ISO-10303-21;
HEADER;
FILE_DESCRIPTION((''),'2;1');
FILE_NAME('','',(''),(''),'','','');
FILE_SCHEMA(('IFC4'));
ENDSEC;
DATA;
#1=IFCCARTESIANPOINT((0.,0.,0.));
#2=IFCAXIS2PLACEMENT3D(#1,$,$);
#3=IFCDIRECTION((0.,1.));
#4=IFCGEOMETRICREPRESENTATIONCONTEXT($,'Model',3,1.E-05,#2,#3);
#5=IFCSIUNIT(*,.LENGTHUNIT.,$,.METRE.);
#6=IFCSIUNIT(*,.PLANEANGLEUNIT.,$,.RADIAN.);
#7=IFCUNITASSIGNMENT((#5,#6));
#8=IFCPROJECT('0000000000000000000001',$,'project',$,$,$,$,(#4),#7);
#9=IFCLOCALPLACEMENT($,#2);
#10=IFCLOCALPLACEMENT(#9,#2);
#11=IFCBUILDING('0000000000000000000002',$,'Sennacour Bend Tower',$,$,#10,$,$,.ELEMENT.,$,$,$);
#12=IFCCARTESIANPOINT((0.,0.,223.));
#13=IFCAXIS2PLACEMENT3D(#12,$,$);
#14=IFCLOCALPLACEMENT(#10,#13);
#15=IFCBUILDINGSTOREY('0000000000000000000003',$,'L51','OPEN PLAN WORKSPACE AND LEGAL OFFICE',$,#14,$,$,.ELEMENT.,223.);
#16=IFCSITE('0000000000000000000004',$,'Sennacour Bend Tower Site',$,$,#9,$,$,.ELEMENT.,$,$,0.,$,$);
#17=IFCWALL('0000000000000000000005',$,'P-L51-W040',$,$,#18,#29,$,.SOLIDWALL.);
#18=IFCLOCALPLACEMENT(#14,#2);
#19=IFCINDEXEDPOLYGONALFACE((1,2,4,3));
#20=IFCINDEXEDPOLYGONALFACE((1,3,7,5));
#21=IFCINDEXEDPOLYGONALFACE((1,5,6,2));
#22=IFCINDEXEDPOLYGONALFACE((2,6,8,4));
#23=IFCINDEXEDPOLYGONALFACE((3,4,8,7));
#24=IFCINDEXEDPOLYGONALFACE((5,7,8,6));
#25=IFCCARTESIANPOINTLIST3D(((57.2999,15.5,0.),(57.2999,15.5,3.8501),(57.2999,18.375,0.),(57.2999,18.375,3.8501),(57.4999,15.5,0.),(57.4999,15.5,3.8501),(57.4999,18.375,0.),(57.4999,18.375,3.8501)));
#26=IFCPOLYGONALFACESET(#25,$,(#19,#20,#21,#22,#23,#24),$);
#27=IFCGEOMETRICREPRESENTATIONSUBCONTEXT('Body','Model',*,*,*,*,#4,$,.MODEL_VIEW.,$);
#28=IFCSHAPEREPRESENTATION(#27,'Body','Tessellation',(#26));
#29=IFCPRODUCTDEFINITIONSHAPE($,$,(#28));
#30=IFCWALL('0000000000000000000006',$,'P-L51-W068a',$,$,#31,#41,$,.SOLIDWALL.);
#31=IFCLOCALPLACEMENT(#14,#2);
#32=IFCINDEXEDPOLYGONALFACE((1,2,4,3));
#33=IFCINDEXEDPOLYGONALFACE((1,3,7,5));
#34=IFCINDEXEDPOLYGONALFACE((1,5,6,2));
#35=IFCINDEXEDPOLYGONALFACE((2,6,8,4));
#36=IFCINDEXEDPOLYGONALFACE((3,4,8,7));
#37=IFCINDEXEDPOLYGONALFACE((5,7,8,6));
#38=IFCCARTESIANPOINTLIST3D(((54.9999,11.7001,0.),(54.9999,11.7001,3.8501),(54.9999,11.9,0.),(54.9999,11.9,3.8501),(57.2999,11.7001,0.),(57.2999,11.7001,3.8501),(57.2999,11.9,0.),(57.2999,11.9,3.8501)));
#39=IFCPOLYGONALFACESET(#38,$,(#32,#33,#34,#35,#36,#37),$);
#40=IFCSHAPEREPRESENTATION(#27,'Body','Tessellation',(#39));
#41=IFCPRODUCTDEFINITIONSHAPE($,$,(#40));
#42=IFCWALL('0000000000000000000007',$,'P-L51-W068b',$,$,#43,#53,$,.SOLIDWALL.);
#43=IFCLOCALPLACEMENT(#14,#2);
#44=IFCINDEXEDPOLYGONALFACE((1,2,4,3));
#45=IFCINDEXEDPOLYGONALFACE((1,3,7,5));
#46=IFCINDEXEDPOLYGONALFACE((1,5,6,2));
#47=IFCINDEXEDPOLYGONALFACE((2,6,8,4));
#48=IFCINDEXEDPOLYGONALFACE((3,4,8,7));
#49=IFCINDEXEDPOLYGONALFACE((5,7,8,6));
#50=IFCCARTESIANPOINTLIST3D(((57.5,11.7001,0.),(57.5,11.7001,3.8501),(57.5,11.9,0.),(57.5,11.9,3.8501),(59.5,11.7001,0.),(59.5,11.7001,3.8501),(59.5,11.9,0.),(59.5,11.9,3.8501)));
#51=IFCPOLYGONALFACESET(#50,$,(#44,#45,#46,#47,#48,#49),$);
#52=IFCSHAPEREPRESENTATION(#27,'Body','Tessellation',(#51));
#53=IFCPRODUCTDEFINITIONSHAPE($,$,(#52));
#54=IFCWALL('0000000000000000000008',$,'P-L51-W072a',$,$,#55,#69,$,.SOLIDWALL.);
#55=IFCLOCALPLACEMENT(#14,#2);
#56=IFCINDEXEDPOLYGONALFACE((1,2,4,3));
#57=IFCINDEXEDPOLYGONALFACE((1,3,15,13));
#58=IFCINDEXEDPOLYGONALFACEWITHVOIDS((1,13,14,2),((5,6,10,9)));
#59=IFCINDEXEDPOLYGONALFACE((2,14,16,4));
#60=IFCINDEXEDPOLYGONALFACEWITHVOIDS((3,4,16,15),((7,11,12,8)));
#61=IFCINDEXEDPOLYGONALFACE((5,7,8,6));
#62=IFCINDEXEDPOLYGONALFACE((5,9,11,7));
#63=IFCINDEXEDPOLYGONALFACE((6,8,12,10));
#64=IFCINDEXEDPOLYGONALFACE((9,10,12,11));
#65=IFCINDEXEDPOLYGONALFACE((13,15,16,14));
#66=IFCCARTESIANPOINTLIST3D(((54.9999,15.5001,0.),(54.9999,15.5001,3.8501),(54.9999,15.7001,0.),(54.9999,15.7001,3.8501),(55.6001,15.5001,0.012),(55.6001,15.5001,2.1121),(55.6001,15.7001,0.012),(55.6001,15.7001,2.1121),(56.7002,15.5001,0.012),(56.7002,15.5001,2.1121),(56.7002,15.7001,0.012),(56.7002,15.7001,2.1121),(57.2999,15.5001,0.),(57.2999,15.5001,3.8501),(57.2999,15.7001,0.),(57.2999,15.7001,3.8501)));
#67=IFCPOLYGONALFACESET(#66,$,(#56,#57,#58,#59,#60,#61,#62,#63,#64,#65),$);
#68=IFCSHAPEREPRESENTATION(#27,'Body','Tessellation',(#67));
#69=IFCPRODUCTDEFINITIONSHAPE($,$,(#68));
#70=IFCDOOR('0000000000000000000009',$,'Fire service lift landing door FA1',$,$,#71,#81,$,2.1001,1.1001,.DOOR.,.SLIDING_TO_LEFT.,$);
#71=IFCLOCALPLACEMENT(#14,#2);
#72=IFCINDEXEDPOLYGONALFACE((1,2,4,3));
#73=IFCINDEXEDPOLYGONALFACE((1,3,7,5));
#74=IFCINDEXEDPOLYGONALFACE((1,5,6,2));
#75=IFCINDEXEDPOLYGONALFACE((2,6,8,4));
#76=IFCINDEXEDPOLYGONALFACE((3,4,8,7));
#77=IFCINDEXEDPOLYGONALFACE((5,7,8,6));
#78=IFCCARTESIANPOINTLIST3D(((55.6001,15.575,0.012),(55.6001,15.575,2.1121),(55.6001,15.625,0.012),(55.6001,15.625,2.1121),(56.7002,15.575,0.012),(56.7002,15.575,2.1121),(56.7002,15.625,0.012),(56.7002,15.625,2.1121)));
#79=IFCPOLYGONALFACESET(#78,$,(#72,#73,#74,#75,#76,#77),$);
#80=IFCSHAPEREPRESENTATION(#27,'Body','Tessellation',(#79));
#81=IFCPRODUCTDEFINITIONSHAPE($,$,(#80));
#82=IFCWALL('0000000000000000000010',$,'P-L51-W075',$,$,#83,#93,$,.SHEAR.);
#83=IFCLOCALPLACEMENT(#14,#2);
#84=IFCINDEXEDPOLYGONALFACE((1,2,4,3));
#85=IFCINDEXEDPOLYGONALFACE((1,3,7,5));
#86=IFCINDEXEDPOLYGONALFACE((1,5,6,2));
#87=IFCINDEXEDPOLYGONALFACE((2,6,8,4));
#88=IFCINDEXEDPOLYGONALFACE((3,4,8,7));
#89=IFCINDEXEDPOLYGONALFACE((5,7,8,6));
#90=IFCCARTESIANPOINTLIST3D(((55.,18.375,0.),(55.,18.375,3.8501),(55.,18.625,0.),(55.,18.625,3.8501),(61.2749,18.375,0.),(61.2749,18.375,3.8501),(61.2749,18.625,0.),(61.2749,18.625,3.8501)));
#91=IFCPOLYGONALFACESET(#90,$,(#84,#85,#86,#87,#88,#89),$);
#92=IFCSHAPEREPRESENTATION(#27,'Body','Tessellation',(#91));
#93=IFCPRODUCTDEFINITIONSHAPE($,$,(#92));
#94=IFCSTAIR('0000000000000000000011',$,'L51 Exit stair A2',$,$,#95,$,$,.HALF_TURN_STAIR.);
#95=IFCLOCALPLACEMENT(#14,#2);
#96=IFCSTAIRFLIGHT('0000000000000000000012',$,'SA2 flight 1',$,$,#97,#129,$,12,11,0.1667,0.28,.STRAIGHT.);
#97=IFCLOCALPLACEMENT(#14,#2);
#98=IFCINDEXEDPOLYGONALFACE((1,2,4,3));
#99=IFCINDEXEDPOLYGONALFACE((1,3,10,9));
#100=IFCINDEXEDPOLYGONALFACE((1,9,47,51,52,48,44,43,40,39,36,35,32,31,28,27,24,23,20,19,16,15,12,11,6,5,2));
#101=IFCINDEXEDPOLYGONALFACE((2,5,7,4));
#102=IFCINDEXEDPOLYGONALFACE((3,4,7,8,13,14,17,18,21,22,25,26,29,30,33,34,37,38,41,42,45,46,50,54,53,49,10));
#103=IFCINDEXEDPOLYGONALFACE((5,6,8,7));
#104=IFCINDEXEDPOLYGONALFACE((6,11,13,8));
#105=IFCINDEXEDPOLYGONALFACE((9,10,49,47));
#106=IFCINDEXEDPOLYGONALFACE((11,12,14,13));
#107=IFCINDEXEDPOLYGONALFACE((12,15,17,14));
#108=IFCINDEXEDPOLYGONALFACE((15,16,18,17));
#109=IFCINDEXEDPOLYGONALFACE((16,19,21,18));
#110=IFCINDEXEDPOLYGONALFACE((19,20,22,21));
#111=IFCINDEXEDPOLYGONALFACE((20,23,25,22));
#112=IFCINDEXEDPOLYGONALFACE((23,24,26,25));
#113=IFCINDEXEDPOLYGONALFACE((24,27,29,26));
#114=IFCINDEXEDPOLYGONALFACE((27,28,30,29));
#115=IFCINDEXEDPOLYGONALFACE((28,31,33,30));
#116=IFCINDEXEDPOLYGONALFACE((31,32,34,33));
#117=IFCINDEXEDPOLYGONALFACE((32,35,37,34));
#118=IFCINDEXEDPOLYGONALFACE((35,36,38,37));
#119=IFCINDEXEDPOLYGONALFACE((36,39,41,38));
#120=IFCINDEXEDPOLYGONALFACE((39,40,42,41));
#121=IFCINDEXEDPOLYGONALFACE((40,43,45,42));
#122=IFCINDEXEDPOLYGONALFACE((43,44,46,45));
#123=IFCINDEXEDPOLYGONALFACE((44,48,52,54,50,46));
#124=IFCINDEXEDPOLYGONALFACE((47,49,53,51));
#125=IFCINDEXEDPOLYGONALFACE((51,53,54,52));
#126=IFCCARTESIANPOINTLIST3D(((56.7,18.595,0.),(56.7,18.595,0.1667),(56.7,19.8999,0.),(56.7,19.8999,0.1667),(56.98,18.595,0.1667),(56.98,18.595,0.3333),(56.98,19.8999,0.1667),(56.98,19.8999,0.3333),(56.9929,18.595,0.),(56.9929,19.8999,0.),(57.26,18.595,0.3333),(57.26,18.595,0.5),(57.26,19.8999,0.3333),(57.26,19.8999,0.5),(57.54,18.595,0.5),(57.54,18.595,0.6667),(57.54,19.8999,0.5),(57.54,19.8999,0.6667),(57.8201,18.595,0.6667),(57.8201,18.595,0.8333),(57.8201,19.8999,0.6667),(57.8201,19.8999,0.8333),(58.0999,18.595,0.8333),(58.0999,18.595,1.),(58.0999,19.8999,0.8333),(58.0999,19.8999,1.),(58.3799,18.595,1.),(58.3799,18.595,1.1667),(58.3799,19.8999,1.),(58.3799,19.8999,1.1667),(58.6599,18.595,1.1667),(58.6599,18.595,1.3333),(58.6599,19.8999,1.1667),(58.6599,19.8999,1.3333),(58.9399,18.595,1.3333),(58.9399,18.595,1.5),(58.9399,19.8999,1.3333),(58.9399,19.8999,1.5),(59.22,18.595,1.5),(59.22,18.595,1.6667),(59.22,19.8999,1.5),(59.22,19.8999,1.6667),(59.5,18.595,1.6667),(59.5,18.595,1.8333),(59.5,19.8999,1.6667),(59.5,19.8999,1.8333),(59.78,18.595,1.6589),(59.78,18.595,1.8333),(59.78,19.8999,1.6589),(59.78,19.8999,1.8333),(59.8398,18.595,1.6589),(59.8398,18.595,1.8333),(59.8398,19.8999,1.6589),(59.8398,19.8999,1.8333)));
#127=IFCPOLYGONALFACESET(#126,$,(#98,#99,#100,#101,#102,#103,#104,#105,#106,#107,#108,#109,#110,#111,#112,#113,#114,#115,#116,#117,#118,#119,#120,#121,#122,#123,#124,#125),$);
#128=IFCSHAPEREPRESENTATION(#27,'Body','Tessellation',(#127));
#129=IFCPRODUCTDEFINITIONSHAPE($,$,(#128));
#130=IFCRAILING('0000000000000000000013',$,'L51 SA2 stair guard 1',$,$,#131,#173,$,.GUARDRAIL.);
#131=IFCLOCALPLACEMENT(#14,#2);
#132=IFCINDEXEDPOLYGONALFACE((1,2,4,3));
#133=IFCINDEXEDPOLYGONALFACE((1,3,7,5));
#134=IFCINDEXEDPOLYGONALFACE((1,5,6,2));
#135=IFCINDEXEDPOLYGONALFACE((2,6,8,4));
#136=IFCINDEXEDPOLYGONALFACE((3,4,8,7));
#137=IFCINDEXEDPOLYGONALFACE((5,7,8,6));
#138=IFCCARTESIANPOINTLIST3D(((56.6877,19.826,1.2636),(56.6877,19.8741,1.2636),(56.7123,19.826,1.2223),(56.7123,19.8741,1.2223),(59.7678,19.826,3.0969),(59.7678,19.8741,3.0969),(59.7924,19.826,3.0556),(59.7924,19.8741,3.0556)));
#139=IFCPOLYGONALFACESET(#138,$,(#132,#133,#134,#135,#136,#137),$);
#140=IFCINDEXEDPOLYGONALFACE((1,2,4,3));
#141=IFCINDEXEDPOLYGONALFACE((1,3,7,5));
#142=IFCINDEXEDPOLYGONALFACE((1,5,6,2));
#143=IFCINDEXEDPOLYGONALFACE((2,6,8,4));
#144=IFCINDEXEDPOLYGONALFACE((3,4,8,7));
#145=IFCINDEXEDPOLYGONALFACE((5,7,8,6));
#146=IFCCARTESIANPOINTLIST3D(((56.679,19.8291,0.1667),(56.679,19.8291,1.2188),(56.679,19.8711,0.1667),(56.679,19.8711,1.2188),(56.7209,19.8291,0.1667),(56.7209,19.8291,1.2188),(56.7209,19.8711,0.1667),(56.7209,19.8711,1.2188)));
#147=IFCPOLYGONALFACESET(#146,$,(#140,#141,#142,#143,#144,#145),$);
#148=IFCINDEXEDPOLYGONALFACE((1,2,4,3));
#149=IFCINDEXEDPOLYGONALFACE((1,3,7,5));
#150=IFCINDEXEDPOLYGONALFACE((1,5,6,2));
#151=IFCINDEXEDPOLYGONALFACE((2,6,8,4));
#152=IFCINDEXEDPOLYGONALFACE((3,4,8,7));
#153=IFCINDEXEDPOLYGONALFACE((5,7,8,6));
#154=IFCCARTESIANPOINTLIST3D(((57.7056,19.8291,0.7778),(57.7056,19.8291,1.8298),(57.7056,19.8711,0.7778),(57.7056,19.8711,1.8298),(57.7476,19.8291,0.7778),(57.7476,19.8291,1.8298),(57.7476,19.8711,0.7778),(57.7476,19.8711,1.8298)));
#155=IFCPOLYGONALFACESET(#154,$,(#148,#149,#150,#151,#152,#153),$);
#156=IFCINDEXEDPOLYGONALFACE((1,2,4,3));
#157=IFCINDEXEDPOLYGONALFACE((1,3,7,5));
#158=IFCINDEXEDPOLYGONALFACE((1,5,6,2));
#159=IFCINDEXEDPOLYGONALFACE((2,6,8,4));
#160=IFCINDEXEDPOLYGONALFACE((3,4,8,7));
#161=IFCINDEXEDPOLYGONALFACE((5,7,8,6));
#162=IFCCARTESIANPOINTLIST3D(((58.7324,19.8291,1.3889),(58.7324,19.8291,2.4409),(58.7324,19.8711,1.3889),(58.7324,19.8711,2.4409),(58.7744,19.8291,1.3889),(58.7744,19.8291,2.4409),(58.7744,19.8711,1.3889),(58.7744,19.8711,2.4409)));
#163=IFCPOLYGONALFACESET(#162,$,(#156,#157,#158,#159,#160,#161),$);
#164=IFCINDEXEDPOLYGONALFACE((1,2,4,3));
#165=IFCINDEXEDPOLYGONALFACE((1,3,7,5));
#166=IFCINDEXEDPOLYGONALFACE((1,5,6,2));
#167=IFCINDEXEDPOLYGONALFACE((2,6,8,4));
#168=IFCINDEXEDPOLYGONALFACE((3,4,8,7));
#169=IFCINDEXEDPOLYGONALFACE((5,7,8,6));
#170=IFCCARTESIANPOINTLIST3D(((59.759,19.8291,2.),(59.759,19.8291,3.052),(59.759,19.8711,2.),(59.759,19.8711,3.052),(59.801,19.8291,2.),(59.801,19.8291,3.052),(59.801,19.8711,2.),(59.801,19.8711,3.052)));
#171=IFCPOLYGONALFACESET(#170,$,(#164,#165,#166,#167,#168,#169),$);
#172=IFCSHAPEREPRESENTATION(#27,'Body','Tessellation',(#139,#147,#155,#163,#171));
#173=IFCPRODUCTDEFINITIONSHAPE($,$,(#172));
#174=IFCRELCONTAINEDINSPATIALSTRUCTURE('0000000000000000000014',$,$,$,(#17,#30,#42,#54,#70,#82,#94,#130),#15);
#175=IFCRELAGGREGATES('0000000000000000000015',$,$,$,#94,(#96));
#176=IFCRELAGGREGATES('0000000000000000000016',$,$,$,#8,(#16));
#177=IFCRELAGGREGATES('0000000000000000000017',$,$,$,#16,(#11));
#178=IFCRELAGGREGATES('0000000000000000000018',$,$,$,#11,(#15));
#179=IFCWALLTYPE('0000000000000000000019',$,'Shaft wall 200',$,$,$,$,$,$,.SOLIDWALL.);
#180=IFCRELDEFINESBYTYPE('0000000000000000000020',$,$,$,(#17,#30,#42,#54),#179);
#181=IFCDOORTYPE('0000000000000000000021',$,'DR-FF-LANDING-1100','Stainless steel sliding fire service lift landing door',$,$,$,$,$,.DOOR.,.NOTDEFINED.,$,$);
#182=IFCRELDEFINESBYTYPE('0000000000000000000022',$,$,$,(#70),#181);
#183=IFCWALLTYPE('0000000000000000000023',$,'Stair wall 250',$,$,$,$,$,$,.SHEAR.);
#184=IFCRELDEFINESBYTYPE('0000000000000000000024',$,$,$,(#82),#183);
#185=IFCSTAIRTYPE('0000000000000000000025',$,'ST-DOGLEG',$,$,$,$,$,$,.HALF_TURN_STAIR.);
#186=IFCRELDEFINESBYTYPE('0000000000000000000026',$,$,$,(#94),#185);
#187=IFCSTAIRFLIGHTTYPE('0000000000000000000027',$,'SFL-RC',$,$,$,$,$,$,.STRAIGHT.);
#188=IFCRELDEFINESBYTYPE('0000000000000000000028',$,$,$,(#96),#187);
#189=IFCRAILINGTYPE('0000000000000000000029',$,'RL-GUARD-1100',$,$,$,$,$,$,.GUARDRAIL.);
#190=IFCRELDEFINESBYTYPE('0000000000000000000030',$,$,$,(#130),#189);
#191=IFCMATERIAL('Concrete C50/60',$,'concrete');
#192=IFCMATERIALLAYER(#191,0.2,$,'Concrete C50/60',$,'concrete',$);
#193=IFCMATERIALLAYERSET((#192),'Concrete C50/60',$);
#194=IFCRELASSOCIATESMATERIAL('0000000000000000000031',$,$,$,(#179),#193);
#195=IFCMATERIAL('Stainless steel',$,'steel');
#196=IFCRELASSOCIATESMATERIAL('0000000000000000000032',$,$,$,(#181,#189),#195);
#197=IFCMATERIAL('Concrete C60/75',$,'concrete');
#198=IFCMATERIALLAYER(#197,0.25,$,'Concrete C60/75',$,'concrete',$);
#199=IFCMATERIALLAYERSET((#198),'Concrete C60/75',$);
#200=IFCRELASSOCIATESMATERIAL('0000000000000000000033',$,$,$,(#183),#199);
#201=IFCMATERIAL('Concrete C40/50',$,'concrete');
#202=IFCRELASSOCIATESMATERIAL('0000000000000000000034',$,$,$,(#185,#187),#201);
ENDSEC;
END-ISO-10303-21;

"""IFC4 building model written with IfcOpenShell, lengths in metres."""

from ifc_helpers import new_model, si_unit, direction, frame, frame_2d, origin, origin_2d, place, context, subcontext, project, spatial, polyline, rectangle, outline, extrude, material, layer, layer_set, type_object, element, fill, aggregate, save


model = new_model("IFC4")

# Units and contexts
model_context = context("Model", 3, precision=1e-05, world=origin(), true_north=direction((0.0, 1.0)))
body_context = subcontext(model_context, "Body", "Model", "MODEL_VIEW")
ifc_project = project(units=[si_unit("LENGTHUNIT", "METRE"), si_unit("PLANEANGLEUNIT", "RADIAN")], contexts=[model_context])

# Site, building, storey
site_placement = place(None, origin())
site = spatial("IfcSite", under=ifc_project, at=site_placement, Name="Sennacour Bend Tower Site", CompositionType="ELEMENT", RefElevation=0.0)
building_placement = place(site_placement, origin())
building = spatial("IfcBuilding", under=site, at=building_placement, Name="Sennacour Bend Tower", CompositionType="ELEMENT")
storey_placement = place(building_placement, frame((0.0, 0.0, 223.0)))
storey = spatial("IfcBuildingStorey", under=building, at=storey_placement, Name="L51", Description="OPEN PLAN WORKSPACE AND LEGAL OFFICE", CompositionType="ELEMENT", Elevation=223.0)

# Shared definitions
ifc_material_1 = material(Name="Concrete C60/75", Category="concrete")

# Walls
ifc_material_2 = material(Name="Concrete C50/60", Category="concrete")
ifc_layer_1 = layer(ifc_material_2, 0.2, Name="Concrete C50/60", Category="concrete")
ifc_layer_set_1 = layer_set([ifc_layer_1], Name="Concrete C50/60")
wall_type_1 = type_object("IfcWallType", Name="Shaft wall 200", PredefinedType="SOLIDWALL", material=ifc_layer_set_1)
wall_1_placement = place(storey_placement, frame((57.3999, 15.5, 0.0), z_axis=(0.0, 0.0, 1.0), x_axis=(0.0, 1.0, 0.0)))
element("IfcWall", 1, at=wall_1_placement, inside=storey, type_object=wall_type_1, Name="P-L51-W040", PredefinedType="SOLIDWALL", context=body_context, shape_type="SweptSolid", body=[
    extrude(rectangle(XDim=2.875, YDim=0.2, at=frame_2d((1.4375, 0.0))), origin(), (0.0, 0.0, 1.0), 3.8501),
])
wall_2_placement = place(storey_placement, frame((55.0, 11.8, 0.0), z_axis=(0.0, 0.0, 1.0), x_axis=(1.0, 0.0, 0.0)))
element("IfcWall", 2, at=wall_2_placement, inside=storey, type_object=wall_type_1, Name="P-L51-W068a", PredefinedType="SOLIDWALL", context=body_context, shape_type="SweptSolid", body=[
    extrude(rectangle(XDim=2.3, YDim=0.2, at=frame_2d((1.1499, 0.0))), origin(), (0.0, 0.0, 1.0), 3.8501),
])
wall_3_placement = place(storey_placement, frame((57.5, 11.8, 0.0), z_axis=(0.0, 0.0, 1.0), x_axis=(1.0, 0.0, 0.0)))
element("IfcWall", 3, at=wall_3_placement, inside=storey, type_object=wall_type_1, Name="P-L51-W068b", PredefinedType="SOLIDWALL", context=body_context, shape_type="SweptSolid", body=[
    extrude(rectangle(XDim=2.0, YDim=0.2, at=frame_2d((1.0, 0.0))), origin(), (0.0, 0.0, 1.0), 3.8501),
])

# Wall, opening, door
wall_4_placement = place(storey_placement, frame((55.0, 15.6001, 0.0), z_axis=(0.0, 0.0, 1.0), x_axis=(1.0, 0.0, 0.0)))
wall_4 = element("IfcWall", 4, at=wall_4_placement, inside=storey, type_object=wall_type_1, Name="P-L51-W072a", PredefinedType="SOLIDWALL", context=body_context, shape_type="SweptSolid", body=[
    extrude(rectangle(XDim=2.3, YDim=0.2, at=frame_2d((1.1499, 0.0))), origin(), (0.0, 0.0, 1.0), 3.8501),
])
opening_1_placement = place(wall_4_placement, frame((0.6001, 0.0, 0.012)))
opening_1 = element("IfcOpeningElement", 5, at=opening_1_placement, cuts=wall_4, PredefinedType="OPENING", context=body_context, shape_type="SweptSolid", body=[
    extrude(rectangle(XDim=1.1001, YDim=2.1001, at=frame_2d((0.55, 1.05))), frame((0.0, 0.1099, 0.0), z_axis=(0.0, -1.0, 0.0), x_axis=(1.0, 0.0, 0.0)), (0.0, 0.0, 1.0), 0.22),
])
ifc_material_3 = material(Name="Stainless steel", Category="steel")
door_type_1 = type_object("IfcDoorType", Name="DR-FF-LANDING-1100", Description="Stainless steel sliding fire service lift landing door", OperationType="NOTDEFINED", PredefinedType="DOOR", material=ifc_material_3)
door_1_placement = place(opening_1_placement, origin())
door_1 = element("IfcDoor", 6, at=door_1_placement, inside=storey, type_object=door_type_1, Name="Fire service lift landing door FA1", OperationType="SLIDING_TO_LEFT", OverallHeight=2.1001, OverallWidth=1.1001, PredefinedType="DOOR", context=body_context, shape_type="SweptSolid", body=[
    extrude(rectangle(XDim=1.1001, YDim=2.1001, at=frame_2d((0.55, 1.05))), frame((0.0, 0.0249, 0.0), z_axis=(0.0, -1.0, 0.0), x_axis=(1.0, 0.0, 0.0)), (0.0, 0.0, 1.0), 0.05),
])
fill(opening_1, door_1)

# Wall
ifc_layer_2 = layer(ifc_material_1, 0.25, Name="Concrete C60/75", Category="concrete")
ifc_layer_set_2 = layer_set([ifc_layer_2], Name="Concrete C60/75")
wall_type_2 = type_object("IfcWallType", Name="Stair wall 250", PredefinedType="SHEAR", material=ifc_layer_set_2)
wall_5_placement = place(storey_placement, frame((55.0, 18.5, 0.0), z_axis=(0.0, 0.0, 1.0), x_axis=(1.0, 0.0, 0.0)))
element("IfcWall", 7, at=wall_5_placement, inside=storey, type_object=wall_type_2, Name="P-L51-W075", PredefinedType="SHEAR", context=body_context, shape_type="SweptSolid", body=[
    extrude(rectangle(XDim=6.2749, YDim=0.25, at=frame_2d((3.1375, 0.0))), origin(), (0.0, 0.0, 1.0), 3.8501),
])

# Stair, stair flight
ifc_material_4 = material(Name="Concrete C40/50", Category="concrete")
stair_type = type_object("IfcStairType", Name="ST-DOGLEG", PredefinedType="HALF_TURN_STAIR", material=ifc_material_4)
stair_placement = place(storey_placement, origin())
stair = element("IfcStair", 8, at=stair_placement, inside=storey, type_object=stair_type, Name="L51 Exit stair A2", PredefinedType="HALF_TURN_STAIR")
stair_flight_type = type_object("IfcStairFlightType", Name="SFL-RC", PredefinedType="STRAIGHT", material=ifc_material_4)
stair_flight_placement = place(storey_placement, frame((56.7, 19.2476, 0.0), z_axis=(0.0, 0.0, 1.0), x_axis=(1.0, 0.0, 0.0)))
stair_flight = element("IfcStairFlight", 9, at=stair_flight_placement, type_object=stair_flight_type, Name="SA2 flight 1", NumberOfRisers=12, NumberOfTreads=11, PredefinedType="STRAIGHT", RiserHeight=0.1667, TreadLength=0.28, context=body_context, shape_type="SweptSolid", body=[
    extrude(outline(polyline([(0.0, 0.0), (0.0, 0.1667), (0.28, 0.1667), (0.28, 0.3333), (0.5601, 0.3333), (0.5601, 0.5), (0.8401, 0.5), (0.8401, 0.6667), (1.1201, 0.6667), (1.1201, 0.8333), (1.3999, 0.8333), (1.3999, 1.0), (1.6799, 1.0), (1.6799, 1.1667), (1.96, 1.1667), (1.96, 1.3333), (2.24, 1.3333), (2.24, 1.5), (2.52, 1.5), (2.52, 1.6667), (2.8, 1.6667), (2.8, 1.8333), (3.0801, 1.8333), (3.1399, 1.8333), (3.1399, 1.6589), (3.0801, 1.6589), (0.293, 0.0), (0.0, 0.0)])), frame((0.0, 0.6523, 0.0), z_axis=(0.0, -1.0, 0.0), x_axis=(1.0, 0.0, 0.0)), (0.0, 0.0, 1.0), 1.3049),
])
aggregate(stair, [stair_flight])

# Railing
railing_type_1 = type_object("IfcRailingType", Name="RL-GUARD-1100", PredefinedType="GUARDRAIL", material=ifc_material_3)
railing_1_placement = place(storey_placement, frame((56.7, 19.8501, 0.1667)))
element("IfcRailing", 10, at=railing_1_placement, inside=storey, type_object=railing_type_1, Name="L51 SA2 stair guard 1", PredefinedType="GUARDRAIL", context=body_context, shape_type="SweptSolid", body=[
    extrude(rectangle(XDim=0.0481, YDim=0.0481, at=origin_2d()), frame((0.0, 0.0, 1.0762), z_axis=(0.859309, 0.0, 0.511458), x_axis=(0.0, 1.0, 0.0)), (0.0, 0.0, 1.0), 3.5845),
    extrude(rectangle(XDim=0.042, YDim=0.042, at=origin_2d()), origin(), (0.0, 0.0, 1.0), 1.052),
    extrude(rectangle(XDim=0.042, YDim=0.042, at=origin_2d()), frame((1.0266, 0.0, 0.6111)), (0.0, 0.0, 1.0), 1.052),
    extrude(rectangle(XDim=0.042, YDim=0.042, at=origin_2d()), frame((2.0535, 0.0, 1.2222)), (0.0, 0.0, 1.0), 1.052),
    extrude(rectangle(XDim=0.042, YDim=0.042, at=origin_2d()), frame((3.0801, 0.0, 1.8333)), (0.0, 0.0, 1.0), 1.052),
])

save(model, "model.ifc")
